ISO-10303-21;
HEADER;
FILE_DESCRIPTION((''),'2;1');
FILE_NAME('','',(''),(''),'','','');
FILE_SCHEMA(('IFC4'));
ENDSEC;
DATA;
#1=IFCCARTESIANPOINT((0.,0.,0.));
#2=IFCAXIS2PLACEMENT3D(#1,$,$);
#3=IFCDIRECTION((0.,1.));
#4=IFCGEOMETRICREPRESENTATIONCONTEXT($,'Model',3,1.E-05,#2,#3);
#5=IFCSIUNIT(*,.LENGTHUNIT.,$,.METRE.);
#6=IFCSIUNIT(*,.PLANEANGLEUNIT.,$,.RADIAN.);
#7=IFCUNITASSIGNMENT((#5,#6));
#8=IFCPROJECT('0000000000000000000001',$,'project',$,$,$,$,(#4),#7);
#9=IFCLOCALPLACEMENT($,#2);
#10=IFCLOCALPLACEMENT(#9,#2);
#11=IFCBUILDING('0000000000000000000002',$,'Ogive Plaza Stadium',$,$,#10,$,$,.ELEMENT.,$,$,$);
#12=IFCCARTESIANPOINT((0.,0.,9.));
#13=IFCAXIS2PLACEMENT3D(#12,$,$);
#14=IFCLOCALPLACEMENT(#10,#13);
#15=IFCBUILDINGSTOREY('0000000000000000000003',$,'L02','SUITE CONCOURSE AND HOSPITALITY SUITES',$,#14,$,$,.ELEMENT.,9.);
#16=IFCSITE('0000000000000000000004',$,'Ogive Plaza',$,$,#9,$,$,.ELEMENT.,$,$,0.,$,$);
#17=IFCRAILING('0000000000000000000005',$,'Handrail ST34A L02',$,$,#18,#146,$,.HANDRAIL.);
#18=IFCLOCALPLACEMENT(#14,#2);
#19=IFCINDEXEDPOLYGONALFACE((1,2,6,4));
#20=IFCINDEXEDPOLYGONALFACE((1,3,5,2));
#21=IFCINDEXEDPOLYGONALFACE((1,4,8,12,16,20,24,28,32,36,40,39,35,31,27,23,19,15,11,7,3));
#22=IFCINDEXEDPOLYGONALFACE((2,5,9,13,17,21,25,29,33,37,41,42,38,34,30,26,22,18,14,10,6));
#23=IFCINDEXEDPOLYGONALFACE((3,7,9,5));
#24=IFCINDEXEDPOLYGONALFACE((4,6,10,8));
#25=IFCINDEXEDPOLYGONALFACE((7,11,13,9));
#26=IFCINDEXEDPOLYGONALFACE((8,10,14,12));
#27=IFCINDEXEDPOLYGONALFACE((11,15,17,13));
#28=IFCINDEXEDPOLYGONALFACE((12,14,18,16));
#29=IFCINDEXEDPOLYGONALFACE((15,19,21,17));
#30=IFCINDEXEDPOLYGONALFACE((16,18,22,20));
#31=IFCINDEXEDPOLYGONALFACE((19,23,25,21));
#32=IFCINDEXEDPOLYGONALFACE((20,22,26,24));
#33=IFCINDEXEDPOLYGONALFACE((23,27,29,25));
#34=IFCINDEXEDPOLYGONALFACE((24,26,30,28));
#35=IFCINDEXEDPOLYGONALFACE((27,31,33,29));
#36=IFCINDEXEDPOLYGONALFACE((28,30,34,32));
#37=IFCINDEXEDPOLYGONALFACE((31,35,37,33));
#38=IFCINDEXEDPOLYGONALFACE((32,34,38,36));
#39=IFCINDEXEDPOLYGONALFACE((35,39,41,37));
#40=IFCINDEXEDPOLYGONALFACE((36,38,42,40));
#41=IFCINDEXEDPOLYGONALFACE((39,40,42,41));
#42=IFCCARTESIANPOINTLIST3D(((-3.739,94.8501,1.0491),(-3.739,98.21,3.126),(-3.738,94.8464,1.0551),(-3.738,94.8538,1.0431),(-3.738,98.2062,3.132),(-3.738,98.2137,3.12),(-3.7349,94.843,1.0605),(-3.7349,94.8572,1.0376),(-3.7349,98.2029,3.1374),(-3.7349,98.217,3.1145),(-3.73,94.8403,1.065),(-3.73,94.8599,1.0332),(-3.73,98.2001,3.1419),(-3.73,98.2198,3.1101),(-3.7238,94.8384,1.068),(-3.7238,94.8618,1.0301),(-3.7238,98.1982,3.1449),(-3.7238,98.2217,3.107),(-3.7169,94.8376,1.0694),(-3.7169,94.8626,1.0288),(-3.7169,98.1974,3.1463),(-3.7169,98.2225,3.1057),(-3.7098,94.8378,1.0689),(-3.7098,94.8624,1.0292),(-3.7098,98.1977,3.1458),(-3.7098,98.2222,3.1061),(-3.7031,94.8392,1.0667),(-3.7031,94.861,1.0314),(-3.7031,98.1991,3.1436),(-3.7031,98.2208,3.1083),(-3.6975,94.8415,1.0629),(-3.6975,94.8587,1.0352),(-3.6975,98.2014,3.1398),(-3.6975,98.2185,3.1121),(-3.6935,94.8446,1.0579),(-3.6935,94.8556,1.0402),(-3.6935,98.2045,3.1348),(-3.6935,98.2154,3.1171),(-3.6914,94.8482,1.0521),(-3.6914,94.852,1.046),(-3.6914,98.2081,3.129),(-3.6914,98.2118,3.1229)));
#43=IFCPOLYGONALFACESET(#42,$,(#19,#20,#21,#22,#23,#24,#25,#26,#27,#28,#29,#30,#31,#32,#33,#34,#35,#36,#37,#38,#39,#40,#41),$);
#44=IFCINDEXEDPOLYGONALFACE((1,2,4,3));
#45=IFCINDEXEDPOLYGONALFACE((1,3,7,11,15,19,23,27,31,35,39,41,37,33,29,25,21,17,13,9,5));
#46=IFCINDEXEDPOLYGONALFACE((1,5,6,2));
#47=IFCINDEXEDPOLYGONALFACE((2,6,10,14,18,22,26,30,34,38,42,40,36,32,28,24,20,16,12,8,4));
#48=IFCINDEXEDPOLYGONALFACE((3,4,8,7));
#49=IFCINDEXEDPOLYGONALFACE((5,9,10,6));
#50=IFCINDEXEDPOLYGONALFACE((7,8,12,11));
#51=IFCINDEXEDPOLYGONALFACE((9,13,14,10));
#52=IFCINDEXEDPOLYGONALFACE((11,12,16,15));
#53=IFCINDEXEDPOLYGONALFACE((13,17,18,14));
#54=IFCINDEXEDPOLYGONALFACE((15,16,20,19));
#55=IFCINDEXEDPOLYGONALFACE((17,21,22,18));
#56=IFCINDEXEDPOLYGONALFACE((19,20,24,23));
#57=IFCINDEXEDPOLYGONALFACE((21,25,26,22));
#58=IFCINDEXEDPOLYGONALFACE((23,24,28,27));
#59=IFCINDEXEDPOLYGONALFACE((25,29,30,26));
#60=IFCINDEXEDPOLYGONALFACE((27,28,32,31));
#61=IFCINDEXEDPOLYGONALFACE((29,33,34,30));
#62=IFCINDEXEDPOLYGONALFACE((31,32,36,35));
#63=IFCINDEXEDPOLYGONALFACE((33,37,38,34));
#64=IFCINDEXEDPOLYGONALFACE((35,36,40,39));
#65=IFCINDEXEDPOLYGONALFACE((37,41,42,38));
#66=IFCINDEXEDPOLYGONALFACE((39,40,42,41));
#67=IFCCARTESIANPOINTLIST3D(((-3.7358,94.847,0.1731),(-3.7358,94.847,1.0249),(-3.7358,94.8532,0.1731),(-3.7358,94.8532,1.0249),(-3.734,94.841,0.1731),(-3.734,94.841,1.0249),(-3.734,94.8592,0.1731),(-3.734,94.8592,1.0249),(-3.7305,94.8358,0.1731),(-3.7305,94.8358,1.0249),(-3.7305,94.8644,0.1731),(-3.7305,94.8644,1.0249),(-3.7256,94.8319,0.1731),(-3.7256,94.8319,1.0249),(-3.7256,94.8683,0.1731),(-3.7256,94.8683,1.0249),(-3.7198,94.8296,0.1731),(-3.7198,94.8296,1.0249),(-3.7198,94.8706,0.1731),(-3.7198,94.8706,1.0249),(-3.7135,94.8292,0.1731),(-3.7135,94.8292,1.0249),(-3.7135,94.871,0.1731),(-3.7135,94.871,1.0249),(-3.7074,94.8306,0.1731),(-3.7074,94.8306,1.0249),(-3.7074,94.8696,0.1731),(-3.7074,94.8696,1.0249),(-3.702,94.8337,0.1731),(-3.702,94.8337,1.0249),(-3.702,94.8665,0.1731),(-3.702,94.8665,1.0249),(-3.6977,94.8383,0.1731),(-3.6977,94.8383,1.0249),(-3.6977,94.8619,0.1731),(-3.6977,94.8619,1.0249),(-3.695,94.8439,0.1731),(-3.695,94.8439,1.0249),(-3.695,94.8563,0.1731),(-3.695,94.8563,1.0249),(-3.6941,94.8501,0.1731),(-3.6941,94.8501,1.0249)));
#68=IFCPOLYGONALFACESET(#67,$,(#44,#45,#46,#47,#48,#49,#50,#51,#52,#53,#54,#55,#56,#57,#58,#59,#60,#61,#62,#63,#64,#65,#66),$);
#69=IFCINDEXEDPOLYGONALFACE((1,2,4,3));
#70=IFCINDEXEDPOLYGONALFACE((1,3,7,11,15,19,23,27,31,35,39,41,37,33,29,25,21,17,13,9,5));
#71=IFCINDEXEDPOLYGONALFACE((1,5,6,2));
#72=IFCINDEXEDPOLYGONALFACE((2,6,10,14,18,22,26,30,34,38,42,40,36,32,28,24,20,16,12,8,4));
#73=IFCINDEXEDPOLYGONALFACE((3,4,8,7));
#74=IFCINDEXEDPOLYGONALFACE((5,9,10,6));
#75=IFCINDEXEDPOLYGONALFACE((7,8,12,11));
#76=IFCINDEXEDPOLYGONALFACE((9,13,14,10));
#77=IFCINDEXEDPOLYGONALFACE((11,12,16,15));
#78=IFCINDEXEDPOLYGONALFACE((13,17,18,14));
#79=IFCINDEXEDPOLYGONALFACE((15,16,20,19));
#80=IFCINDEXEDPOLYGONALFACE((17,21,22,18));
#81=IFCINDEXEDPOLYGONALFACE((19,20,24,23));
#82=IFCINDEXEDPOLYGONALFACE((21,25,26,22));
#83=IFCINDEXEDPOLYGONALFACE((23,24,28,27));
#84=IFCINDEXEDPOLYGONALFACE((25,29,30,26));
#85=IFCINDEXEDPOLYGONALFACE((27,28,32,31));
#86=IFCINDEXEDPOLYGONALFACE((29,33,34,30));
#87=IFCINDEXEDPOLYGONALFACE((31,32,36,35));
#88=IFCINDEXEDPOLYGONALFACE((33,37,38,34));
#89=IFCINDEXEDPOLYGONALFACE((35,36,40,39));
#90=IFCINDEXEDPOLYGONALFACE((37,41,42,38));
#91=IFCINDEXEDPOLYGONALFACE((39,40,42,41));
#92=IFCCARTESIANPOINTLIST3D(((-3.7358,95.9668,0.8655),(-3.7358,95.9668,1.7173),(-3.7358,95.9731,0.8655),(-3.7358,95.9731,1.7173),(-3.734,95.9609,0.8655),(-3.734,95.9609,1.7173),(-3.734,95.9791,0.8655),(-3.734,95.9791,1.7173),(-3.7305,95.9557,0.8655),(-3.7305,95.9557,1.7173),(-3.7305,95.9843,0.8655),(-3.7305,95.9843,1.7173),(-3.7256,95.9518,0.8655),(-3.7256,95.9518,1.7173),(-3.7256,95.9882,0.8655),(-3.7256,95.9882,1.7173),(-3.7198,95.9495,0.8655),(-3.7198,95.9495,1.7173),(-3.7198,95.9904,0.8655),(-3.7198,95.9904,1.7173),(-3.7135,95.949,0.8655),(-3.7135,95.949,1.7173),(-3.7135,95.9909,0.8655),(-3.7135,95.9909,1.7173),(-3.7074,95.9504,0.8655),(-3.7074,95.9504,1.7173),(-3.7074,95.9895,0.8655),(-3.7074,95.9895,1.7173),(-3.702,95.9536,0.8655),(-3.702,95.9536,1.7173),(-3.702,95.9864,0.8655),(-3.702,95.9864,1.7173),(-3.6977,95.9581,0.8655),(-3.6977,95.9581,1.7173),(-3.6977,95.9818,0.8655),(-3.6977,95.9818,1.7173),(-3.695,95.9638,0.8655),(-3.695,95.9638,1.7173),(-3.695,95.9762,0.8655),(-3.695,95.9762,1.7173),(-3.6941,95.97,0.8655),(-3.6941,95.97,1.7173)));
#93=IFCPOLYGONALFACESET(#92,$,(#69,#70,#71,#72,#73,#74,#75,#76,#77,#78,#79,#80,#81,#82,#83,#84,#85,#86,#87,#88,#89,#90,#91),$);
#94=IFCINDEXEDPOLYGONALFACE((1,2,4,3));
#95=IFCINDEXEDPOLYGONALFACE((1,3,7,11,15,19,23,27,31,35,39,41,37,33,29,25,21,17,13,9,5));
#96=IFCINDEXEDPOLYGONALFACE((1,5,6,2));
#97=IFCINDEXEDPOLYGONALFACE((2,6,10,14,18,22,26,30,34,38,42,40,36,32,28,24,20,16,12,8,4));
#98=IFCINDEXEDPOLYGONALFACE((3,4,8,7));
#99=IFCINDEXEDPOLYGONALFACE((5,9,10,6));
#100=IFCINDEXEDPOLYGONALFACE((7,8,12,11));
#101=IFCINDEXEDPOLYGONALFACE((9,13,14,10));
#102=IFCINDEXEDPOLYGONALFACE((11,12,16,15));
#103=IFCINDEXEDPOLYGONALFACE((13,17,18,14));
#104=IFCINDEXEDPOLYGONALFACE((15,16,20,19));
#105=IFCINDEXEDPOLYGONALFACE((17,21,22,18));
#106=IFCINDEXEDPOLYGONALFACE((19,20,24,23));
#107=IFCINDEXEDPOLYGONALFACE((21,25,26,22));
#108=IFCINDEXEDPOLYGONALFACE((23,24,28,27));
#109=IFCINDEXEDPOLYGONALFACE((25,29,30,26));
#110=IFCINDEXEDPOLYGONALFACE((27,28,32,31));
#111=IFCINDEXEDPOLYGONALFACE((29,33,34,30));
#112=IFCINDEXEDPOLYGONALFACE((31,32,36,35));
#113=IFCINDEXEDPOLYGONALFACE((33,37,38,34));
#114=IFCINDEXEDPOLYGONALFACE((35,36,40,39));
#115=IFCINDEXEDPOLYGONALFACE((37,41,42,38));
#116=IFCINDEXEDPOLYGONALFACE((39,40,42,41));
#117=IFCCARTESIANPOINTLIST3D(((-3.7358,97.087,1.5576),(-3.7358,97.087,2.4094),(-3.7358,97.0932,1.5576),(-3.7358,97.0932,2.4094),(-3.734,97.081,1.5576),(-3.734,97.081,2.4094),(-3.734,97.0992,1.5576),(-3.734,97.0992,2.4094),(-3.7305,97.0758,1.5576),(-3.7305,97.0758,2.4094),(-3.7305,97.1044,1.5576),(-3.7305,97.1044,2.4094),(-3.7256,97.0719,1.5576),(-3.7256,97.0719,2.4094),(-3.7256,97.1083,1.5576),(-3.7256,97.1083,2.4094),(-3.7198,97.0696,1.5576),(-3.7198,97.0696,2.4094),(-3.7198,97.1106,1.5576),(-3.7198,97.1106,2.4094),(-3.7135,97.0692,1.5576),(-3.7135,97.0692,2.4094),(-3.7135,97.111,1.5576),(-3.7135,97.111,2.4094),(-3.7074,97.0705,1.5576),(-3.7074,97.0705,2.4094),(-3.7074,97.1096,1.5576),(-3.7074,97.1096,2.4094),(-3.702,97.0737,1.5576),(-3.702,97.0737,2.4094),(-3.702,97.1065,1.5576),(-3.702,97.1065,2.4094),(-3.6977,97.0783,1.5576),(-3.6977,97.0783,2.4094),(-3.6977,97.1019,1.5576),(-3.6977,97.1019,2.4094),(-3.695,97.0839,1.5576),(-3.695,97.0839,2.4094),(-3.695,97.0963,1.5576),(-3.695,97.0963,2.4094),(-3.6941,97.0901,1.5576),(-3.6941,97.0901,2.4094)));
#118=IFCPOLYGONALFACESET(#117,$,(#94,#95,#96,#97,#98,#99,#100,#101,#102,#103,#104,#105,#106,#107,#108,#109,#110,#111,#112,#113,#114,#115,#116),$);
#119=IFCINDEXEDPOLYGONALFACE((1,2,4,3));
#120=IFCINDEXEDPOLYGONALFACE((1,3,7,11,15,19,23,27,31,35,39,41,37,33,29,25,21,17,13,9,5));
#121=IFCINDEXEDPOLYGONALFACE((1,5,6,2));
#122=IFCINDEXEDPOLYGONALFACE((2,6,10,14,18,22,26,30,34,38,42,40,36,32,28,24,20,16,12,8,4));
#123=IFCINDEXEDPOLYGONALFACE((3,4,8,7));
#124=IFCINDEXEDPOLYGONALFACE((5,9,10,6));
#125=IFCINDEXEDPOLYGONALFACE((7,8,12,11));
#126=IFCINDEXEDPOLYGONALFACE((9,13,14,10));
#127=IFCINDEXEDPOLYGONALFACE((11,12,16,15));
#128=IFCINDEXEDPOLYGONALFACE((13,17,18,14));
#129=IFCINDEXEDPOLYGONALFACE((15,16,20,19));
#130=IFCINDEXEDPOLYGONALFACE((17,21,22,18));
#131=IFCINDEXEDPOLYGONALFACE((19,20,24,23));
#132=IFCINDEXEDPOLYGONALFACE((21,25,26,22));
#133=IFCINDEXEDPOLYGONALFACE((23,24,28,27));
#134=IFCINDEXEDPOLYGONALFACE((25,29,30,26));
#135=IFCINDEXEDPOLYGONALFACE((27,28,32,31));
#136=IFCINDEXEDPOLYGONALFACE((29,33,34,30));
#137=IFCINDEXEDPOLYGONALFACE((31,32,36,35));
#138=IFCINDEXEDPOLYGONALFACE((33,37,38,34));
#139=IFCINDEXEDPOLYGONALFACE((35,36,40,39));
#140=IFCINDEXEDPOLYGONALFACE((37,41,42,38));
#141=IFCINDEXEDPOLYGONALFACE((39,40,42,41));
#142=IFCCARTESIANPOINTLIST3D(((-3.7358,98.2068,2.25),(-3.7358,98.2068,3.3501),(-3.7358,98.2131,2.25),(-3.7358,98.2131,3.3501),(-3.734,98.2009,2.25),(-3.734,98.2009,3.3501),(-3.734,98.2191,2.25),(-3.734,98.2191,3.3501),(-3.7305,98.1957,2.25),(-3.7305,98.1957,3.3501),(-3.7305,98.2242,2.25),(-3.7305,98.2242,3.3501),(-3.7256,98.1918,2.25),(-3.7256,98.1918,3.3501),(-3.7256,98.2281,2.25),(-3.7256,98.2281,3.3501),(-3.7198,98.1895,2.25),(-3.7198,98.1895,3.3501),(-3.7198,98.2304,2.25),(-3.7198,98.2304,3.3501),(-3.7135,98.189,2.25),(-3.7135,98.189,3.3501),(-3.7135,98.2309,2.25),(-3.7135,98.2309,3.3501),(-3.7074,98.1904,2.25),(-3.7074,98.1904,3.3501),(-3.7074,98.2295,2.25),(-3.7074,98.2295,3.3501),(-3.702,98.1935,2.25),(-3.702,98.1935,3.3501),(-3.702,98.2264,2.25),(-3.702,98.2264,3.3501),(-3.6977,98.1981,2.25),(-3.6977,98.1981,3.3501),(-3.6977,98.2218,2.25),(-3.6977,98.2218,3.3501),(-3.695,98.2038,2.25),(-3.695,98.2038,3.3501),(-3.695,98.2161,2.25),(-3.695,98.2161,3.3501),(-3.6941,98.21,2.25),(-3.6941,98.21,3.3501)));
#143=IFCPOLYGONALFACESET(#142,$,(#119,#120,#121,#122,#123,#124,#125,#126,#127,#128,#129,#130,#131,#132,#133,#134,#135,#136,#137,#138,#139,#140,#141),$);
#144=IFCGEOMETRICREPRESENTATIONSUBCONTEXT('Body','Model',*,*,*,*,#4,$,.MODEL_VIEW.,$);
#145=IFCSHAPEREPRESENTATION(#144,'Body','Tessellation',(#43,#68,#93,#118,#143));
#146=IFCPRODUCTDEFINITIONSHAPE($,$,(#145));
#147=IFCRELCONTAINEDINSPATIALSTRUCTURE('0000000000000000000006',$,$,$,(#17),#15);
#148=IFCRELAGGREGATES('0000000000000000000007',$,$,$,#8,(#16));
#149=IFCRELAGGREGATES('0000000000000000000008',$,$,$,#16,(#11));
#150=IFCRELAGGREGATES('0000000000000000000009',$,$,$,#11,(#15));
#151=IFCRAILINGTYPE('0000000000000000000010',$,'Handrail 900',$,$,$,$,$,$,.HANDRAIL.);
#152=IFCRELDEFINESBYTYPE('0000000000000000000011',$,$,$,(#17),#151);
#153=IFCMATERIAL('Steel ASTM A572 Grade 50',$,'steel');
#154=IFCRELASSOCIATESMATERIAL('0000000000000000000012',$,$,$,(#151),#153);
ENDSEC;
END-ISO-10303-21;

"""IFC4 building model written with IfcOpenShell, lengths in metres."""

from ifc_helpers import new_model, si_unit, direction, frame, origin, origin_2d, place, context, subcontext, project, spatial, circle, extrude, material, type_object, element, save


model = new_model("IFC4")

# Units and contexts
model_context = context("Model", 3, precision=1e-05, world=origin(), true_north=direction((0.0, 1.0)))
body_context = subcontext(model_context, "Body", "Model", "MODEL_VIEW")
ifc_project = project(units=[si_unit("LENGTHUNIT", "METRE"), si_unit("PLANEANGLEUNIT", "RADIAN")], contexts=[model_context])

# Site, building, storey
site_placement = place(None, origin())
site = spatial("IfcSite", under=ifc_project, at=site_placement, Name="Ogive Plaza", CompositionType="ELEMENT", RefElevation=0.0)
building_placement = place(site_placement, origin())
building = spatial("IfcBuilding", under=site, at=building_placement, Name="Ogive Plaza Stadium", CompositionType="ELEMENT")
storey_placement = place(building_placement, frame((0.0, 0.0, 9.0)))
storey = spatial("IfcBuildingStorey", under=building, at=storey_placement, Name="L02", Description="SUITE CONCOURSE AND HOSPITALITY SUITES", CompositionType="ELEMENT", Elevation=9.0)

# Railing
ifc_material_1 = material(Name="Steel ASTM A572 Grade 50", Category="steel")
railing_type_1 = type_object("IfcRailingType", Name="Handrail 900", PredefinedType="HANDRAIL", material=ifc_material_1)
for number, where, name in (
    (1, (-3.7151, 94.8501, 0.1731), "Handrail ST34A L02"),
):
    element("IfcRailing", number, at=place(storey_placement, frame(where)), inside=storey, type_object=railing_type_1, Name=name, PredefinedType="HANDRAIL", context=body_context, shape_type="SweptSolid", body=[
        extrude(circle(Radius=0.0239, at=origin_2d()), frame((0.0, 0.0, 0.876), z_axis=(0.0, 0.850606, 0.525803), x_axis=(-1.0, 0.0, 0.0)), (0.0, 0.0, 1.0), 3.95),
        extrude(circle(Radius=0.021, at=origin_2d()), origin(), (0.0, 0.0, 1.0), 0.8518),
        extrude(circle(Radius=0.021, at=origin_2d()), frame((0.0, 1.1199, 0.6924)), (0.0, 0.0, 1.0), 0.8518),
        extrude(circle(Radius=0.021, at=origin_2d()), frame((0.0, 2.24, 1.3845)), (0.0, 0.0, 1.0), 0.8518),
        extrude(circle(Radius=0.021, at=origin_2d()), frame((0.0, 3.3599, 2.0769)), (0.0, 0.0, 1.0), 1.1001),
    ])

save(model, "model.ifc")
